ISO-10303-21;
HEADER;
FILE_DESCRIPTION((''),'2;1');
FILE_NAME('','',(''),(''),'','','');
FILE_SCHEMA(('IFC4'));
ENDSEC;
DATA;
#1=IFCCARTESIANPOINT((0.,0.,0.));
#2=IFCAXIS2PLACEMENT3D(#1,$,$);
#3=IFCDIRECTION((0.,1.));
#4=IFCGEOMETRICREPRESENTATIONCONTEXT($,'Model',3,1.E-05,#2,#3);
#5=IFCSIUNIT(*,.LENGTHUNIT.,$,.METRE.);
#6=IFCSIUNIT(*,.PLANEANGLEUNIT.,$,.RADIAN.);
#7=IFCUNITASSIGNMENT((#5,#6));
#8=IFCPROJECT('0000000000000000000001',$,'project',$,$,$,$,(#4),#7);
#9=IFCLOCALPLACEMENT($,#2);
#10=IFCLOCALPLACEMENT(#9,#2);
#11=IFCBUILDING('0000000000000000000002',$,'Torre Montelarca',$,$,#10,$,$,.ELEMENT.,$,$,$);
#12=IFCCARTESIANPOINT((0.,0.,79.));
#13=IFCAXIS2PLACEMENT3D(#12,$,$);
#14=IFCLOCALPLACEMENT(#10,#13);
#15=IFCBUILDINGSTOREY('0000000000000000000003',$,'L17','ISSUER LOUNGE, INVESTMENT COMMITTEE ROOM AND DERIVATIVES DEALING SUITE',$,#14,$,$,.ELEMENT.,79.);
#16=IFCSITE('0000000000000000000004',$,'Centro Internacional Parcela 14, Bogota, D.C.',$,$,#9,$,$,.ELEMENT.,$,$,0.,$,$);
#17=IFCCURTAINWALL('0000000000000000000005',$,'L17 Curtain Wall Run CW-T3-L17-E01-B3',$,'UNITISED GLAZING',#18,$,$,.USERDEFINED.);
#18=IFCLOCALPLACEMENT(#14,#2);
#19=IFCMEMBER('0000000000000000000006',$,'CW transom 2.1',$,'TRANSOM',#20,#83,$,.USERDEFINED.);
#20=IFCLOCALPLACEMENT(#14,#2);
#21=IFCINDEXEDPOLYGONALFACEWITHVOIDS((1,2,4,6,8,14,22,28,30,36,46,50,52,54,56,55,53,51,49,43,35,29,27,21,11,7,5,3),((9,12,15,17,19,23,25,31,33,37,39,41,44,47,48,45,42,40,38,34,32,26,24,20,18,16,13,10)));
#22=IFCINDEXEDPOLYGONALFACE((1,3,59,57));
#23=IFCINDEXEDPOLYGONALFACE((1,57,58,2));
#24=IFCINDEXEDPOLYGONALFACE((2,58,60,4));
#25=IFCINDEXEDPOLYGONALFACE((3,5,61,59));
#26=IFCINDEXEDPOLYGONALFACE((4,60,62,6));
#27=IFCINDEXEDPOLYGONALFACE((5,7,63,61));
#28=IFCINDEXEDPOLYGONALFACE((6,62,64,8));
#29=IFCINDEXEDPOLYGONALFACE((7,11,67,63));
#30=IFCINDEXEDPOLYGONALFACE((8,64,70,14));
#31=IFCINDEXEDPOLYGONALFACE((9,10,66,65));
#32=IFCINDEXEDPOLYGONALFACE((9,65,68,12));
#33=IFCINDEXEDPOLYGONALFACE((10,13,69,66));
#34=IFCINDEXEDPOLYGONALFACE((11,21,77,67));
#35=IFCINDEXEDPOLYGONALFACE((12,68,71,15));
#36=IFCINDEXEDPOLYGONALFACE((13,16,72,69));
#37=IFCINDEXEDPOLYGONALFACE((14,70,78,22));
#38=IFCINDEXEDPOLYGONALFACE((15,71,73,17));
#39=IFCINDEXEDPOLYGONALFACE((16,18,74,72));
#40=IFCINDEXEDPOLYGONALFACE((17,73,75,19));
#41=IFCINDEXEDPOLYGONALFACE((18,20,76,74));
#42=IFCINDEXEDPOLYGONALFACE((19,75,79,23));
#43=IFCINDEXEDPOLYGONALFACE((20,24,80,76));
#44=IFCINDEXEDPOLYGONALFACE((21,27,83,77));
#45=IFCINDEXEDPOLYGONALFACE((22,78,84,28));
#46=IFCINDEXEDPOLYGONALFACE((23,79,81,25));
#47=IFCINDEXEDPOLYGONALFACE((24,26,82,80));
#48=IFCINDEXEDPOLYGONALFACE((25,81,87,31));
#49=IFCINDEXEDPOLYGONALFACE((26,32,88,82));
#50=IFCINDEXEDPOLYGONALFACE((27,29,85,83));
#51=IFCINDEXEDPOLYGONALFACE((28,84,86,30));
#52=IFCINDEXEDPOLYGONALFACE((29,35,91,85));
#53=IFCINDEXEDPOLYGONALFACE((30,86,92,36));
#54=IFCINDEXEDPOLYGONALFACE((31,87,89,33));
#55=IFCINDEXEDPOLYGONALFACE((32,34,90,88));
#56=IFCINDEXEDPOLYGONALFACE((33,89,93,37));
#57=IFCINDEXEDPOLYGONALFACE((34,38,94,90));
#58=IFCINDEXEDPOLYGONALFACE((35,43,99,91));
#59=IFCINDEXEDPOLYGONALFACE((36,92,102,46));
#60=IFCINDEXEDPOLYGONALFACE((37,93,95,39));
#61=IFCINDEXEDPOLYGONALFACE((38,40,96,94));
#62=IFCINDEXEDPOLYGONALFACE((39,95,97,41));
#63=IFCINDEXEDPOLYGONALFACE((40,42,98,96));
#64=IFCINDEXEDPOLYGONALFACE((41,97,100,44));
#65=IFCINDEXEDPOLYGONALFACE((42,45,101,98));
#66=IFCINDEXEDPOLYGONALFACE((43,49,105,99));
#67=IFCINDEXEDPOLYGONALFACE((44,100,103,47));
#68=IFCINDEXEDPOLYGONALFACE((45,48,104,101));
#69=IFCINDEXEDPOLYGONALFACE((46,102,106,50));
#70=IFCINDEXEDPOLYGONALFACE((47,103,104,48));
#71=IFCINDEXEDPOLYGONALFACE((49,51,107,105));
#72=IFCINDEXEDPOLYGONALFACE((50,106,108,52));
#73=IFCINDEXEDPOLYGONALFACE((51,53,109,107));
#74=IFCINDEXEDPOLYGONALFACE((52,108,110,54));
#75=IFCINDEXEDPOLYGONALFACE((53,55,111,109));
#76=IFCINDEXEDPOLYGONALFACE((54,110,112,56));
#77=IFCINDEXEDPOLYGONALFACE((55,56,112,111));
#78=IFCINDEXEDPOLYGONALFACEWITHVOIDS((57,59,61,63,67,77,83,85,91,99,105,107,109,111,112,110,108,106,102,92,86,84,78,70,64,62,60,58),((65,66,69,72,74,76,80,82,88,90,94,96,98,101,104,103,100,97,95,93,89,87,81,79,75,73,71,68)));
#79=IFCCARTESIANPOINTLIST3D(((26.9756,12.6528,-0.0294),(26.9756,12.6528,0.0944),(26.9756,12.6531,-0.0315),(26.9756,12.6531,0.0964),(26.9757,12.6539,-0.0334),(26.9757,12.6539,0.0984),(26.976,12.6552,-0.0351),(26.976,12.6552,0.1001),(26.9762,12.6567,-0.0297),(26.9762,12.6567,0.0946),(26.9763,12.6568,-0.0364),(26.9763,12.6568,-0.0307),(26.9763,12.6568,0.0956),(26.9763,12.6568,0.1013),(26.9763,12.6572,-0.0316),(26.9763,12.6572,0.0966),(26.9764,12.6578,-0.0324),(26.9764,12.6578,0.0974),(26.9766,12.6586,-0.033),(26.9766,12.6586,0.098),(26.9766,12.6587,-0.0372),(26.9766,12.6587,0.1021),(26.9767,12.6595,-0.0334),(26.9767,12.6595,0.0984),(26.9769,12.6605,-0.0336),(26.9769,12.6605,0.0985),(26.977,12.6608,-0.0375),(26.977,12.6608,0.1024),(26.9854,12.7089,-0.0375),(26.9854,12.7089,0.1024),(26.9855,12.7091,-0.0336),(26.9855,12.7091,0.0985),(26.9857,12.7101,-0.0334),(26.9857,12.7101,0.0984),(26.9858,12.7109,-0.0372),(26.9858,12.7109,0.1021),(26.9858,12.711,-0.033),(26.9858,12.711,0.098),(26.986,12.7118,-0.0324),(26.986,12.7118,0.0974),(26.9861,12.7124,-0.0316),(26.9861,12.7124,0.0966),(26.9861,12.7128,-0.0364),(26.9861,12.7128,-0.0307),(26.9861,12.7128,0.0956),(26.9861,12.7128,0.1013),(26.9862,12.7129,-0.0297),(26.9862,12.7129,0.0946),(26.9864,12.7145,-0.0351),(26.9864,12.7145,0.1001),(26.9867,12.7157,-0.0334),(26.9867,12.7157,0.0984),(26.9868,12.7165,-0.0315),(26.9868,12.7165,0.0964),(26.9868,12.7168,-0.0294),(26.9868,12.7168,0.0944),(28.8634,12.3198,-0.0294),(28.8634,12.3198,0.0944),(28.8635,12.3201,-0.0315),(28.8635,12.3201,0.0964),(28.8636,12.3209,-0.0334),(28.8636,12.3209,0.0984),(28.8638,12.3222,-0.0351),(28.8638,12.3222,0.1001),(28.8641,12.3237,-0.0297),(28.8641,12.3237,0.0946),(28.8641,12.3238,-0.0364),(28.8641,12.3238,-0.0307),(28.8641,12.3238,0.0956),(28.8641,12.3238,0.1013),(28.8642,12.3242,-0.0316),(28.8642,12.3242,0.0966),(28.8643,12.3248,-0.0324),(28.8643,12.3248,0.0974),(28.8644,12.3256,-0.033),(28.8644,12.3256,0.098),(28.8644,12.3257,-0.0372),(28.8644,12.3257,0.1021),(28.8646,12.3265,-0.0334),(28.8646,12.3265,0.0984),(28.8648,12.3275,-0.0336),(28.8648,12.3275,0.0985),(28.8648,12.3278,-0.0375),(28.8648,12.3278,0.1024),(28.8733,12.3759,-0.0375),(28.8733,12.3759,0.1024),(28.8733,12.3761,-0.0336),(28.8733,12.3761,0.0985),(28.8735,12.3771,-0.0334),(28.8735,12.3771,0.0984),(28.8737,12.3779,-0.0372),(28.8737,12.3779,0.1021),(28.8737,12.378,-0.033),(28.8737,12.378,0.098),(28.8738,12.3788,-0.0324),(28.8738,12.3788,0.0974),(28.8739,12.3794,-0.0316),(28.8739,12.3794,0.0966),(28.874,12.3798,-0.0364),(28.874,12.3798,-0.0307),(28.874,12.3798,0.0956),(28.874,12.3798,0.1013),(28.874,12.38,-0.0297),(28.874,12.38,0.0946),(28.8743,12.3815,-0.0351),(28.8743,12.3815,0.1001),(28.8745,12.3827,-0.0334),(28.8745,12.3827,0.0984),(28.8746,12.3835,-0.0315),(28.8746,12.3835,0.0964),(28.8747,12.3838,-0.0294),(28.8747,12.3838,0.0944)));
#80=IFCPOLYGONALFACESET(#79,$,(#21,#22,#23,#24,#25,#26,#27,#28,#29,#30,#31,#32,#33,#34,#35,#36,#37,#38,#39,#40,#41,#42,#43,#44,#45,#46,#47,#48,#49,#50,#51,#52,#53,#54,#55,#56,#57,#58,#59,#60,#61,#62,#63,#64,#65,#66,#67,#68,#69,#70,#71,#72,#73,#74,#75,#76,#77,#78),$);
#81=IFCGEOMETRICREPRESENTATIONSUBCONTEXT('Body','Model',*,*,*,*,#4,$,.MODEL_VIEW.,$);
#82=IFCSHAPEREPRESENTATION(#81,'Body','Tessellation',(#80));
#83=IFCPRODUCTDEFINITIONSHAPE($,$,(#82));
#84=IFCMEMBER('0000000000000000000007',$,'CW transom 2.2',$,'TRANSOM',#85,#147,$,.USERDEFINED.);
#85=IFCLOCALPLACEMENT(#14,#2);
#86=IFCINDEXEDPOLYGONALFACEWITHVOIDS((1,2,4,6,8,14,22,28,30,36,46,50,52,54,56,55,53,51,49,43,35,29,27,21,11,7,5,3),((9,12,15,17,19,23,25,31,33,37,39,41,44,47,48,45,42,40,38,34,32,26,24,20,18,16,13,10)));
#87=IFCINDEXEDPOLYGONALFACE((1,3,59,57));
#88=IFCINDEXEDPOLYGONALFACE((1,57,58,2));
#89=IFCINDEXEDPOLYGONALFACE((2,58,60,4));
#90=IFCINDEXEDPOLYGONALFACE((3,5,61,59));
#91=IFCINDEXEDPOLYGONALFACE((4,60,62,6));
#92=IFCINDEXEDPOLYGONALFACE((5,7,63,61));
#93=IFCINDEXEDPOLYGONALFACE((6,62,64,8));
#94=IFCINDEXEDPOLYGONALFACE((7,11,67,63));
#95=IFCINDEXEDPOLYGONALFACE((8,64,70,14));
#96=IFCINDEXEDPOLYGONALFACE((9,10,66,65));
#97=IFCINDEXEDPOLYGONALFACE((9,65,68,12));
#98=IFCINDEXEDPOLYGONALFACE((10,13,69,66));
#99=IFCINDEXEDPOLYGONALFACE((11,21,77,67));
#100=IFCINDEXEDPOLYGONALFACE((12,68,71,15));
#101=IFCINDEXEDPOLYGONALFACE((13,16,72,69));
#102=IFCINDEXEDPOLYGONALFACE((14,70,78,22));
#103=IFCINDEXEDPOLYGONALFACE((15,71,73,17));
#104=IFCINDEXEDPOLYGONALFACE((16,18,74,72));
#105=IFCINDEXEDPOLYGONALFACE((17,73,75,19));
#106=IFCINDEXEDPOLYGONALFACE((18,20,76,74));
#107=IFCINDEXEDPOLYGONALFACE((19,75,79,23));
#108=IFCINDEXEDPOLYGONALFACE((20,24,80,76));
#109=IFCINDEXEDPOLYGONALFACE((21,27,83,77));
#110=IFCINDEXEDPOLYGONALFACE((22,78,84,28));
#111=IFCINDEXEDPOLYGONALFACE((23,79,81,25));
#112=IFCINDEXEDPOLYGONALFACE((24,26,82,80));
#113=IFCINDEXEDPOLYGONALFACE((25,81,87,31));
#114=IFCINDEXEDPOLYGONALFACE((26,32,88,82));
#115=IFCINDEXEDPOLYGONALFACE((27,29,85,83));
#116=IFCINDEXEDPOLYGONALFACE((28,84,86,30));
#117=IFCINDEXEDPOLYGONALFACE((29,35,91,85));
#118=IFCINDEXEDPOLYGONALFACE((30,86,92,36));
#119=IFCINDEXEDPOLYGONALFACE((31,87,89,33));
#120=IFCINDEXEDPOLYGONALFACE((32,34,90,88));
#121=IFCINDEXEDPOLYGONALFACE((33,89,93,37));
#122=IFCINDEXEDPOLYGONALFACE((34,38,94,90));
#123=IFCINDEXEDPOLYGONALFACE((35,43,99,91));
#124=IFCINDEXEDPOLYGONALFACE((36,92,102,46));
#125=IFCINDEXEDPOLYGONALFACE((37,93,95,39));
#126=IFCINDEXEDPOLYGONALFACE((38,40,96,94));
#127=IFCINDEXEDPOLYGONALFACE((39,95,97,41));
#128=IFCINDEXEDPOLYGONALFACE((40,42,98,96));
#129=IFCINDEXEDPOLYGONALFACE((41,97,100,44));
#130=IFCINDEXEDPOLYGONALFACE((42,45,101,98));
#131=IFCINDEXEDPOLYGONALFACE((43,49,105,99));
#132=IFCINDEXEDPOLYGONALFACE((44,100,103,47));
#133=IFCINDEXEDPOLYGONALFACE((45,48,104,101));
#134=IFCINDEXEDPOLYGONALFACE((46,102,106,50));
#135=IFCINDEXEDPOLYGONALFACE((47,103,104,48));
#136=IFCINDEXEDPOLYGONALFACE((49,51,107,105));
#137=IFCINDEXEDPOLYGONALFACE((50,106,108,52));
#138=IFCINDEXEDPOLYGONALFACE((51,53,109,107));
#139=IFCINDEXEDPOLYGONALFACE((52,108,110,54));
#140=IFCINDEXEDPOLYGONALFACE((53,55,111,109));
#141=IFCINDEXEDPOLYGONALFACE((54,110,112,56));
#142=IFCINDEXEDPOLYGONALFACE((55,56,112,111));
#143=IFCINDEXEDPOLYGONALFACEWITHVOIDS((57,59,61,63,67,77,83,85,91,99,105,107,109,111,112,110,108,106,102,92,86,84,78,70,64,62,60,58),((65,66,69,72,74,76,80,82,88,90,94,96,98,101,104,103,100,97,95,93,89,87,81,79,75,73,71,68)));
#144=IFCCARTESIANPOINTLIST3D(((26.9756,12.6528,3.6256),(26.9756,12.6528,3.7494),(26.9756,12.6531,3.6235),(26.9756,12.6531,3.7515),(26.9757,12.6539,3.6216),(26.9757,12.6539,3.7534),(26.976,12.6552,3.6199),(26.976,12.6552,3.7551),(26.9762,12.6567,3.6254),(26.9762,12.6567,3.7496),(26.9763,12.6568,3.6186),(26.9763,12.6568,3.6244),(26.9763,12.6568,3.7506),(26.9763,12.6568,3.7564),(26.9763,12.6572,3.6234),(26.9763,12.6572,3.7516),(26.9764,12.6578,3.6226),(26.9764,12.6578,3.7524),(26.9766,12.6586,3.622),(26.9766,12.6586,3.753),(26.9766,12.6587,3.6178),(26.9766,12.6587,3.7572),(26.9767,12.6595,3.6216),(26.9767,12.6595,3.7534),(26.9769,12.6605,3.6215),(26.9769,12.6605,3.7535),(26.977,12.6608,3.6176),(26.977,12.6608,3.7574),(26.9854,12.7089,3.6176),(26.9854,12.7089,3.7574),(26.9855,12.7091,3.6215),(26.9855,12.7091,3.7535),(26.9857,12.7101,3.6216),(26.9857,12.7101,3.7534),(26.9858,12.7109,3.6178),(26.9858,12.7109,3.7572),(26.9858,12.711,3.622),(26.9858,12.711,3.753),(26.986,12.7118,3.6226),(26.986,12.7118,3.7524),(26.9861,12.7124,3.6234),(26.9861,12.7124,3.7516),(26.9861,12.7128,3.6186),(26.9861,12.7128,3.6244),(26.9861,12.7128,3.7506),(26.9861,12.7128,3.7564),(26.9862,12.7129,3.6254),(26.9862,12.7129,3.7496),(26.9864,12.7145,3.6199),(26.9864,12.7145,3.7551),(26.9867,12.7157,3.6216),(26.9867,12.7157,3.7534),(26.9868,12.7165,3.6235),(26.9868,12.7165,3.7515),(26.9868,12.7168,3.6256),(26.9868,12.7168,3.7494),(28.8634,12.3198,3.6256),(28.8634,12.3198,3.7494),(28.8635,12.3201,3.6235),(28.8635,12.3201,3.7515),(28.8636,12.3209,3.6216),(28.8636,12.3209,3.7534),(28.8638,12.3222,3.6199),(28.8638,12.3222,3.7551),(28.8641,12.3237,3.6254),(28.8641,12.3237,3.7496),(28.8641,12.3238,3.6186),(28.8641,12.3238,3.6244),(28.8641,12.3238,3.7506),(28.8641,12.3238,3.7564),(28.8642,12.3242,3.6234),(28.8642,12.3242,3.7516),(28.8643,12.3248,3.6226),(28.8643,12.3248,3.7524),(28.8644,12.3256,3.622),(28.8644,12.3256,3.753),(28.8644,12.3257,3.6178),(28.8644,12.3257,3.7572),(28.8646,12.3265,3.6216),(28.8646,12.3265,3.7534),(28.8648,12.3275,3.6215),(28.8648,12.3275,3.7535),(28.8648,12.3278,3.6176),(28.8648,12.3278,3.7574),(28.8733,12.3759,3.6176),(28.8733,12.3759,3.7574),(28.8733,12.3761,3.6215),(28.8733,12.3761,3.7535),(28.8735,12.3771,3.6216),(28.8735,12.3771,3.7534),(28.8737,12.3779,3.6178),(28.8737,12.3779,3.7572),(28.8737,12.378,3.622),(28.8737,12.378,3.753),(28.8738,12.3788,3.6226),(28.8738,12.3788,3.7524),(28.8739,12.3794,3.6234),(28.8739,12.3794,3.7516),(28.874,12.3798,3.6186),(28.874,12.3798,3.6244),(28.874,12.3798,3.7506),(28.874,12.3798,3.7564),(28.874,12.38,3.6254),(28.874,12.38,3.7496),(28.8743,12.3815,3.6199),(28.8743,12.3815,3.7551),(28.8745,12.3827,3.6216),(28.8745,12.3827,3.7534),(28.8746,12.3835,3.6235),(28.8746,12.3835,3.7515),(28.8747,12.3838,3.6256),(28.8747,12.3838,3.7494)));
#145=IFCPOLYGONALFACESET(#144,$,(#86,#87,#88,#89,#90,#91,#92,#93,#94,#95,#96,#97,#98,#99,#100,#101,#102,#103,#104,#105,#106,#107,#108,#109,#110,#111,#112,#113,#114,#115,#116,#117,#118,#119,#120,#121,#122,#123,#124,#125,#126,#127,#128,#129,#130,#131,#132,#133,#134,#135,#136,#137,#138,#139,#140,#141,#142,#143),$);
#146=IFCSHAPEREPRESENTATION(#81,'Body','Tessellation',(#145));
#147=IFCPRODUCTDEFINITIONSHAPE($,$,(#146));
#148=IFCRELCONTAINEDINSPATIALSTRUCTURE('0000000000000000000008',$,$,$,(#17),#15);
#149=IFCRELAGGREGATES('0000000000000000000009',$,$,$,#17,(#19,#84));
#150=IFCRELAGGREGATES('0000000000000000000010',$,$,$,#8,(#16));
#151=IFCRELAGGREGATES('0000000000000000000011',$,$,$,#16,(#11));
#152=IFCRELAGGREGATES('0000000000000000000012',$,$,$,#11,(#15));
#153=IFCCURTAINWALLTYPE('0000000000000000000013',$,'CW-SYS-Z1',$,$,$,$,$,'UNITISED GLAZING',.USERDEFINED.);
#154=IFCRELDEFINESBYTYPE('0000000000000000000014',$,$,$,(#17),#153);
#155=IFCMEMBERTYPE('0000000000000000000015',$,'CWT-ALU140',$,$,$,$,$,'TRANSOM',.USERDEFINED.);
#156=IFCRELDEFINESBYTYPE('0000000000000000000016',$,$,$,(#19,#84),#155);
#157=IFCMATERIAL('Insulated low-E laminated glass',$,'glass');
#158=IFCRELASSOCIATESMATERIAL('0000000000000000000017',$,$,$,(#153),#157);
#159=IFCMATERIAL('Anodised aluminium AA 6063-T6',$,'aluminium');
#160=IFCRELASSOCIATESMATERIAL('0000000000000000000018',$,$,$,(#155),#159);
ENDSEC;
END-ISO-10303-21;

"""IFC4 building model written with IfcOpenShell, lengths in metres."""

from ifc_helpers import new_model, si_unit, direction, frame, origin, origin_2d, place, context, subcontext, project, spatial, hollow_rectangle, extrude, source, transform, mapped, material, material_profile, profile_set, type_object, element, aggregate, save


model = new_model("IFC4")

# Units and contexts
model_context = context("Model", 3, precision=1e-05, world=origin(), true_north=direction((0.0, 1.0)))
body_context = subcontext(model_context, "Body", "Model", "MODEL_VIEW")
ifc_project = project(units=[si_unit("LENGTHUNIT", "METRE"), si_unit("PLANEANGLEUNIT", "RADIAN")], contexts=[model_context])

# Site, building, storey
site_placement = place(None, origin())
site = spatial("IfcSite", under=ifc_project, at=site_placement, Name="Centro Internacional Parcela 14, Bogota, D.C.", CompositionType="ELEMENT", RefElevation=0.0)
building_placement = place(site_placement, origin())
building = spatial("IfcBuilding", under=site, at=building_placement, Name="Torre Montelarca", CompositionType="ELEMENT")
storey_placement = place(building_placement, frame((0.0, 0.0, 79.0)))
storey = spatial("IfcBuildingStorey", under=building, at=storey_placement, Name="L17", Description="ISSUER LOUNGE, INVESTMENT COMMITTEE ROOM AND DERIVATIVES DEALING SUITE", CompositionType="ELEMENT", Elevation=79.0)

# Curtain wall, members
ifc_material_1 = material(Name="Insulated low-E laminated glass", Category="glass")
curtain_wall_type = type_object("IfcCurtainWallType", Name="CW-SYS-Z1", ElementType="UNITISED GLAZING", PredefinedType="USERDEFINED", material=ifc_material_1)
curtain_wall_1_placement = place(storey_placement, origin())
curtain_wall_1 = element("IfcCurtainWall", 1, at=curtain_wall_1_placement, inside=storey, type_object=curtain_wall_type, Name="L17 Curtain Wall Run CW-T3-L17-E01-B3", ObjectType="UNITISED GLAZING", PredefinedType="USERDEFINED")
ifc_material_2 = material(Name="Anodised aluminium AA 6063-T6", Category="aluminium")
ifc_material_profile_1 = material_profile(ifc_material_2, hollow_rectangle(XDim=0.0649, YDim=0.1399, WallThickness=0.0039, InnerFilletRadius=0.0039, OuterFilletRadius=0.0081, at=origin_2d()), Name="ALU65X140X4", Category="aluminium")
ifc_profile_set_1 = profile_set([ifc_material_profile_1], Name="Anodised aluminium AA 6063-T6")
member_type_1 = type_object("IfcMemberType", Name="CWT-ALU140", ElementType="TRANSOM", PredefinedType="USERDEFINED", material=ifc_profile_set_1)
shared_shape_1 = source(origin(), body_context, "Body", "SweptSolid", [
    extrude(hollow_rectangle(XDim=0.0649, YDim=0.1399, WallThickness=0.0039, InnerFilletRadius=0.0039, OuterFilletRadius=0.0081, at=origin_2d()), origin(), (0.0, 0.0, 1.0), 1.917),
])
member_1_placement = place(storey_placement, frame((26.9812, 12.6848, 0.0325), z_axis=(0.984798, -0.173705, 0.0), x_axis=(0.173705, 0.984798, 0.0)))
member_1 = element("IfcMember", 2, at=member_1_placement, type_object=member_type_1, Name="CW transom 2.1", ObjectType="TRANSOM", PredefinedType="USERDEFINED", context=body_context, shape_type="MappedRepresentation", body=[
    mapped(shared_shape_1, transform((0.0, 0.0, 0.0), scale=1.0)),
])
member_2_placement = place(storey_placement, frame((26.9812, 12.6848, 3.6875), z_axis=(0.984798, -0.173705, 0.0), x_axis=(0.173705, 0.984798, 0.0)))
member_2 = element("IfcMember", 3, at=member_2_placement, type_object=member_type_1, Name="CW transom 2.2", ObjectType="TRANSOM", PredefinedType="USERDEFINED", context=body_context, shape_type="MappedRepresentation", body=[
    mapped(shared_shape_1, transform((0.0, 0.0, 0.0), scale=1.0)),
])

aggregate(curtain_wall_1, [member_1, member_2])

save(model, "model.ifc")
